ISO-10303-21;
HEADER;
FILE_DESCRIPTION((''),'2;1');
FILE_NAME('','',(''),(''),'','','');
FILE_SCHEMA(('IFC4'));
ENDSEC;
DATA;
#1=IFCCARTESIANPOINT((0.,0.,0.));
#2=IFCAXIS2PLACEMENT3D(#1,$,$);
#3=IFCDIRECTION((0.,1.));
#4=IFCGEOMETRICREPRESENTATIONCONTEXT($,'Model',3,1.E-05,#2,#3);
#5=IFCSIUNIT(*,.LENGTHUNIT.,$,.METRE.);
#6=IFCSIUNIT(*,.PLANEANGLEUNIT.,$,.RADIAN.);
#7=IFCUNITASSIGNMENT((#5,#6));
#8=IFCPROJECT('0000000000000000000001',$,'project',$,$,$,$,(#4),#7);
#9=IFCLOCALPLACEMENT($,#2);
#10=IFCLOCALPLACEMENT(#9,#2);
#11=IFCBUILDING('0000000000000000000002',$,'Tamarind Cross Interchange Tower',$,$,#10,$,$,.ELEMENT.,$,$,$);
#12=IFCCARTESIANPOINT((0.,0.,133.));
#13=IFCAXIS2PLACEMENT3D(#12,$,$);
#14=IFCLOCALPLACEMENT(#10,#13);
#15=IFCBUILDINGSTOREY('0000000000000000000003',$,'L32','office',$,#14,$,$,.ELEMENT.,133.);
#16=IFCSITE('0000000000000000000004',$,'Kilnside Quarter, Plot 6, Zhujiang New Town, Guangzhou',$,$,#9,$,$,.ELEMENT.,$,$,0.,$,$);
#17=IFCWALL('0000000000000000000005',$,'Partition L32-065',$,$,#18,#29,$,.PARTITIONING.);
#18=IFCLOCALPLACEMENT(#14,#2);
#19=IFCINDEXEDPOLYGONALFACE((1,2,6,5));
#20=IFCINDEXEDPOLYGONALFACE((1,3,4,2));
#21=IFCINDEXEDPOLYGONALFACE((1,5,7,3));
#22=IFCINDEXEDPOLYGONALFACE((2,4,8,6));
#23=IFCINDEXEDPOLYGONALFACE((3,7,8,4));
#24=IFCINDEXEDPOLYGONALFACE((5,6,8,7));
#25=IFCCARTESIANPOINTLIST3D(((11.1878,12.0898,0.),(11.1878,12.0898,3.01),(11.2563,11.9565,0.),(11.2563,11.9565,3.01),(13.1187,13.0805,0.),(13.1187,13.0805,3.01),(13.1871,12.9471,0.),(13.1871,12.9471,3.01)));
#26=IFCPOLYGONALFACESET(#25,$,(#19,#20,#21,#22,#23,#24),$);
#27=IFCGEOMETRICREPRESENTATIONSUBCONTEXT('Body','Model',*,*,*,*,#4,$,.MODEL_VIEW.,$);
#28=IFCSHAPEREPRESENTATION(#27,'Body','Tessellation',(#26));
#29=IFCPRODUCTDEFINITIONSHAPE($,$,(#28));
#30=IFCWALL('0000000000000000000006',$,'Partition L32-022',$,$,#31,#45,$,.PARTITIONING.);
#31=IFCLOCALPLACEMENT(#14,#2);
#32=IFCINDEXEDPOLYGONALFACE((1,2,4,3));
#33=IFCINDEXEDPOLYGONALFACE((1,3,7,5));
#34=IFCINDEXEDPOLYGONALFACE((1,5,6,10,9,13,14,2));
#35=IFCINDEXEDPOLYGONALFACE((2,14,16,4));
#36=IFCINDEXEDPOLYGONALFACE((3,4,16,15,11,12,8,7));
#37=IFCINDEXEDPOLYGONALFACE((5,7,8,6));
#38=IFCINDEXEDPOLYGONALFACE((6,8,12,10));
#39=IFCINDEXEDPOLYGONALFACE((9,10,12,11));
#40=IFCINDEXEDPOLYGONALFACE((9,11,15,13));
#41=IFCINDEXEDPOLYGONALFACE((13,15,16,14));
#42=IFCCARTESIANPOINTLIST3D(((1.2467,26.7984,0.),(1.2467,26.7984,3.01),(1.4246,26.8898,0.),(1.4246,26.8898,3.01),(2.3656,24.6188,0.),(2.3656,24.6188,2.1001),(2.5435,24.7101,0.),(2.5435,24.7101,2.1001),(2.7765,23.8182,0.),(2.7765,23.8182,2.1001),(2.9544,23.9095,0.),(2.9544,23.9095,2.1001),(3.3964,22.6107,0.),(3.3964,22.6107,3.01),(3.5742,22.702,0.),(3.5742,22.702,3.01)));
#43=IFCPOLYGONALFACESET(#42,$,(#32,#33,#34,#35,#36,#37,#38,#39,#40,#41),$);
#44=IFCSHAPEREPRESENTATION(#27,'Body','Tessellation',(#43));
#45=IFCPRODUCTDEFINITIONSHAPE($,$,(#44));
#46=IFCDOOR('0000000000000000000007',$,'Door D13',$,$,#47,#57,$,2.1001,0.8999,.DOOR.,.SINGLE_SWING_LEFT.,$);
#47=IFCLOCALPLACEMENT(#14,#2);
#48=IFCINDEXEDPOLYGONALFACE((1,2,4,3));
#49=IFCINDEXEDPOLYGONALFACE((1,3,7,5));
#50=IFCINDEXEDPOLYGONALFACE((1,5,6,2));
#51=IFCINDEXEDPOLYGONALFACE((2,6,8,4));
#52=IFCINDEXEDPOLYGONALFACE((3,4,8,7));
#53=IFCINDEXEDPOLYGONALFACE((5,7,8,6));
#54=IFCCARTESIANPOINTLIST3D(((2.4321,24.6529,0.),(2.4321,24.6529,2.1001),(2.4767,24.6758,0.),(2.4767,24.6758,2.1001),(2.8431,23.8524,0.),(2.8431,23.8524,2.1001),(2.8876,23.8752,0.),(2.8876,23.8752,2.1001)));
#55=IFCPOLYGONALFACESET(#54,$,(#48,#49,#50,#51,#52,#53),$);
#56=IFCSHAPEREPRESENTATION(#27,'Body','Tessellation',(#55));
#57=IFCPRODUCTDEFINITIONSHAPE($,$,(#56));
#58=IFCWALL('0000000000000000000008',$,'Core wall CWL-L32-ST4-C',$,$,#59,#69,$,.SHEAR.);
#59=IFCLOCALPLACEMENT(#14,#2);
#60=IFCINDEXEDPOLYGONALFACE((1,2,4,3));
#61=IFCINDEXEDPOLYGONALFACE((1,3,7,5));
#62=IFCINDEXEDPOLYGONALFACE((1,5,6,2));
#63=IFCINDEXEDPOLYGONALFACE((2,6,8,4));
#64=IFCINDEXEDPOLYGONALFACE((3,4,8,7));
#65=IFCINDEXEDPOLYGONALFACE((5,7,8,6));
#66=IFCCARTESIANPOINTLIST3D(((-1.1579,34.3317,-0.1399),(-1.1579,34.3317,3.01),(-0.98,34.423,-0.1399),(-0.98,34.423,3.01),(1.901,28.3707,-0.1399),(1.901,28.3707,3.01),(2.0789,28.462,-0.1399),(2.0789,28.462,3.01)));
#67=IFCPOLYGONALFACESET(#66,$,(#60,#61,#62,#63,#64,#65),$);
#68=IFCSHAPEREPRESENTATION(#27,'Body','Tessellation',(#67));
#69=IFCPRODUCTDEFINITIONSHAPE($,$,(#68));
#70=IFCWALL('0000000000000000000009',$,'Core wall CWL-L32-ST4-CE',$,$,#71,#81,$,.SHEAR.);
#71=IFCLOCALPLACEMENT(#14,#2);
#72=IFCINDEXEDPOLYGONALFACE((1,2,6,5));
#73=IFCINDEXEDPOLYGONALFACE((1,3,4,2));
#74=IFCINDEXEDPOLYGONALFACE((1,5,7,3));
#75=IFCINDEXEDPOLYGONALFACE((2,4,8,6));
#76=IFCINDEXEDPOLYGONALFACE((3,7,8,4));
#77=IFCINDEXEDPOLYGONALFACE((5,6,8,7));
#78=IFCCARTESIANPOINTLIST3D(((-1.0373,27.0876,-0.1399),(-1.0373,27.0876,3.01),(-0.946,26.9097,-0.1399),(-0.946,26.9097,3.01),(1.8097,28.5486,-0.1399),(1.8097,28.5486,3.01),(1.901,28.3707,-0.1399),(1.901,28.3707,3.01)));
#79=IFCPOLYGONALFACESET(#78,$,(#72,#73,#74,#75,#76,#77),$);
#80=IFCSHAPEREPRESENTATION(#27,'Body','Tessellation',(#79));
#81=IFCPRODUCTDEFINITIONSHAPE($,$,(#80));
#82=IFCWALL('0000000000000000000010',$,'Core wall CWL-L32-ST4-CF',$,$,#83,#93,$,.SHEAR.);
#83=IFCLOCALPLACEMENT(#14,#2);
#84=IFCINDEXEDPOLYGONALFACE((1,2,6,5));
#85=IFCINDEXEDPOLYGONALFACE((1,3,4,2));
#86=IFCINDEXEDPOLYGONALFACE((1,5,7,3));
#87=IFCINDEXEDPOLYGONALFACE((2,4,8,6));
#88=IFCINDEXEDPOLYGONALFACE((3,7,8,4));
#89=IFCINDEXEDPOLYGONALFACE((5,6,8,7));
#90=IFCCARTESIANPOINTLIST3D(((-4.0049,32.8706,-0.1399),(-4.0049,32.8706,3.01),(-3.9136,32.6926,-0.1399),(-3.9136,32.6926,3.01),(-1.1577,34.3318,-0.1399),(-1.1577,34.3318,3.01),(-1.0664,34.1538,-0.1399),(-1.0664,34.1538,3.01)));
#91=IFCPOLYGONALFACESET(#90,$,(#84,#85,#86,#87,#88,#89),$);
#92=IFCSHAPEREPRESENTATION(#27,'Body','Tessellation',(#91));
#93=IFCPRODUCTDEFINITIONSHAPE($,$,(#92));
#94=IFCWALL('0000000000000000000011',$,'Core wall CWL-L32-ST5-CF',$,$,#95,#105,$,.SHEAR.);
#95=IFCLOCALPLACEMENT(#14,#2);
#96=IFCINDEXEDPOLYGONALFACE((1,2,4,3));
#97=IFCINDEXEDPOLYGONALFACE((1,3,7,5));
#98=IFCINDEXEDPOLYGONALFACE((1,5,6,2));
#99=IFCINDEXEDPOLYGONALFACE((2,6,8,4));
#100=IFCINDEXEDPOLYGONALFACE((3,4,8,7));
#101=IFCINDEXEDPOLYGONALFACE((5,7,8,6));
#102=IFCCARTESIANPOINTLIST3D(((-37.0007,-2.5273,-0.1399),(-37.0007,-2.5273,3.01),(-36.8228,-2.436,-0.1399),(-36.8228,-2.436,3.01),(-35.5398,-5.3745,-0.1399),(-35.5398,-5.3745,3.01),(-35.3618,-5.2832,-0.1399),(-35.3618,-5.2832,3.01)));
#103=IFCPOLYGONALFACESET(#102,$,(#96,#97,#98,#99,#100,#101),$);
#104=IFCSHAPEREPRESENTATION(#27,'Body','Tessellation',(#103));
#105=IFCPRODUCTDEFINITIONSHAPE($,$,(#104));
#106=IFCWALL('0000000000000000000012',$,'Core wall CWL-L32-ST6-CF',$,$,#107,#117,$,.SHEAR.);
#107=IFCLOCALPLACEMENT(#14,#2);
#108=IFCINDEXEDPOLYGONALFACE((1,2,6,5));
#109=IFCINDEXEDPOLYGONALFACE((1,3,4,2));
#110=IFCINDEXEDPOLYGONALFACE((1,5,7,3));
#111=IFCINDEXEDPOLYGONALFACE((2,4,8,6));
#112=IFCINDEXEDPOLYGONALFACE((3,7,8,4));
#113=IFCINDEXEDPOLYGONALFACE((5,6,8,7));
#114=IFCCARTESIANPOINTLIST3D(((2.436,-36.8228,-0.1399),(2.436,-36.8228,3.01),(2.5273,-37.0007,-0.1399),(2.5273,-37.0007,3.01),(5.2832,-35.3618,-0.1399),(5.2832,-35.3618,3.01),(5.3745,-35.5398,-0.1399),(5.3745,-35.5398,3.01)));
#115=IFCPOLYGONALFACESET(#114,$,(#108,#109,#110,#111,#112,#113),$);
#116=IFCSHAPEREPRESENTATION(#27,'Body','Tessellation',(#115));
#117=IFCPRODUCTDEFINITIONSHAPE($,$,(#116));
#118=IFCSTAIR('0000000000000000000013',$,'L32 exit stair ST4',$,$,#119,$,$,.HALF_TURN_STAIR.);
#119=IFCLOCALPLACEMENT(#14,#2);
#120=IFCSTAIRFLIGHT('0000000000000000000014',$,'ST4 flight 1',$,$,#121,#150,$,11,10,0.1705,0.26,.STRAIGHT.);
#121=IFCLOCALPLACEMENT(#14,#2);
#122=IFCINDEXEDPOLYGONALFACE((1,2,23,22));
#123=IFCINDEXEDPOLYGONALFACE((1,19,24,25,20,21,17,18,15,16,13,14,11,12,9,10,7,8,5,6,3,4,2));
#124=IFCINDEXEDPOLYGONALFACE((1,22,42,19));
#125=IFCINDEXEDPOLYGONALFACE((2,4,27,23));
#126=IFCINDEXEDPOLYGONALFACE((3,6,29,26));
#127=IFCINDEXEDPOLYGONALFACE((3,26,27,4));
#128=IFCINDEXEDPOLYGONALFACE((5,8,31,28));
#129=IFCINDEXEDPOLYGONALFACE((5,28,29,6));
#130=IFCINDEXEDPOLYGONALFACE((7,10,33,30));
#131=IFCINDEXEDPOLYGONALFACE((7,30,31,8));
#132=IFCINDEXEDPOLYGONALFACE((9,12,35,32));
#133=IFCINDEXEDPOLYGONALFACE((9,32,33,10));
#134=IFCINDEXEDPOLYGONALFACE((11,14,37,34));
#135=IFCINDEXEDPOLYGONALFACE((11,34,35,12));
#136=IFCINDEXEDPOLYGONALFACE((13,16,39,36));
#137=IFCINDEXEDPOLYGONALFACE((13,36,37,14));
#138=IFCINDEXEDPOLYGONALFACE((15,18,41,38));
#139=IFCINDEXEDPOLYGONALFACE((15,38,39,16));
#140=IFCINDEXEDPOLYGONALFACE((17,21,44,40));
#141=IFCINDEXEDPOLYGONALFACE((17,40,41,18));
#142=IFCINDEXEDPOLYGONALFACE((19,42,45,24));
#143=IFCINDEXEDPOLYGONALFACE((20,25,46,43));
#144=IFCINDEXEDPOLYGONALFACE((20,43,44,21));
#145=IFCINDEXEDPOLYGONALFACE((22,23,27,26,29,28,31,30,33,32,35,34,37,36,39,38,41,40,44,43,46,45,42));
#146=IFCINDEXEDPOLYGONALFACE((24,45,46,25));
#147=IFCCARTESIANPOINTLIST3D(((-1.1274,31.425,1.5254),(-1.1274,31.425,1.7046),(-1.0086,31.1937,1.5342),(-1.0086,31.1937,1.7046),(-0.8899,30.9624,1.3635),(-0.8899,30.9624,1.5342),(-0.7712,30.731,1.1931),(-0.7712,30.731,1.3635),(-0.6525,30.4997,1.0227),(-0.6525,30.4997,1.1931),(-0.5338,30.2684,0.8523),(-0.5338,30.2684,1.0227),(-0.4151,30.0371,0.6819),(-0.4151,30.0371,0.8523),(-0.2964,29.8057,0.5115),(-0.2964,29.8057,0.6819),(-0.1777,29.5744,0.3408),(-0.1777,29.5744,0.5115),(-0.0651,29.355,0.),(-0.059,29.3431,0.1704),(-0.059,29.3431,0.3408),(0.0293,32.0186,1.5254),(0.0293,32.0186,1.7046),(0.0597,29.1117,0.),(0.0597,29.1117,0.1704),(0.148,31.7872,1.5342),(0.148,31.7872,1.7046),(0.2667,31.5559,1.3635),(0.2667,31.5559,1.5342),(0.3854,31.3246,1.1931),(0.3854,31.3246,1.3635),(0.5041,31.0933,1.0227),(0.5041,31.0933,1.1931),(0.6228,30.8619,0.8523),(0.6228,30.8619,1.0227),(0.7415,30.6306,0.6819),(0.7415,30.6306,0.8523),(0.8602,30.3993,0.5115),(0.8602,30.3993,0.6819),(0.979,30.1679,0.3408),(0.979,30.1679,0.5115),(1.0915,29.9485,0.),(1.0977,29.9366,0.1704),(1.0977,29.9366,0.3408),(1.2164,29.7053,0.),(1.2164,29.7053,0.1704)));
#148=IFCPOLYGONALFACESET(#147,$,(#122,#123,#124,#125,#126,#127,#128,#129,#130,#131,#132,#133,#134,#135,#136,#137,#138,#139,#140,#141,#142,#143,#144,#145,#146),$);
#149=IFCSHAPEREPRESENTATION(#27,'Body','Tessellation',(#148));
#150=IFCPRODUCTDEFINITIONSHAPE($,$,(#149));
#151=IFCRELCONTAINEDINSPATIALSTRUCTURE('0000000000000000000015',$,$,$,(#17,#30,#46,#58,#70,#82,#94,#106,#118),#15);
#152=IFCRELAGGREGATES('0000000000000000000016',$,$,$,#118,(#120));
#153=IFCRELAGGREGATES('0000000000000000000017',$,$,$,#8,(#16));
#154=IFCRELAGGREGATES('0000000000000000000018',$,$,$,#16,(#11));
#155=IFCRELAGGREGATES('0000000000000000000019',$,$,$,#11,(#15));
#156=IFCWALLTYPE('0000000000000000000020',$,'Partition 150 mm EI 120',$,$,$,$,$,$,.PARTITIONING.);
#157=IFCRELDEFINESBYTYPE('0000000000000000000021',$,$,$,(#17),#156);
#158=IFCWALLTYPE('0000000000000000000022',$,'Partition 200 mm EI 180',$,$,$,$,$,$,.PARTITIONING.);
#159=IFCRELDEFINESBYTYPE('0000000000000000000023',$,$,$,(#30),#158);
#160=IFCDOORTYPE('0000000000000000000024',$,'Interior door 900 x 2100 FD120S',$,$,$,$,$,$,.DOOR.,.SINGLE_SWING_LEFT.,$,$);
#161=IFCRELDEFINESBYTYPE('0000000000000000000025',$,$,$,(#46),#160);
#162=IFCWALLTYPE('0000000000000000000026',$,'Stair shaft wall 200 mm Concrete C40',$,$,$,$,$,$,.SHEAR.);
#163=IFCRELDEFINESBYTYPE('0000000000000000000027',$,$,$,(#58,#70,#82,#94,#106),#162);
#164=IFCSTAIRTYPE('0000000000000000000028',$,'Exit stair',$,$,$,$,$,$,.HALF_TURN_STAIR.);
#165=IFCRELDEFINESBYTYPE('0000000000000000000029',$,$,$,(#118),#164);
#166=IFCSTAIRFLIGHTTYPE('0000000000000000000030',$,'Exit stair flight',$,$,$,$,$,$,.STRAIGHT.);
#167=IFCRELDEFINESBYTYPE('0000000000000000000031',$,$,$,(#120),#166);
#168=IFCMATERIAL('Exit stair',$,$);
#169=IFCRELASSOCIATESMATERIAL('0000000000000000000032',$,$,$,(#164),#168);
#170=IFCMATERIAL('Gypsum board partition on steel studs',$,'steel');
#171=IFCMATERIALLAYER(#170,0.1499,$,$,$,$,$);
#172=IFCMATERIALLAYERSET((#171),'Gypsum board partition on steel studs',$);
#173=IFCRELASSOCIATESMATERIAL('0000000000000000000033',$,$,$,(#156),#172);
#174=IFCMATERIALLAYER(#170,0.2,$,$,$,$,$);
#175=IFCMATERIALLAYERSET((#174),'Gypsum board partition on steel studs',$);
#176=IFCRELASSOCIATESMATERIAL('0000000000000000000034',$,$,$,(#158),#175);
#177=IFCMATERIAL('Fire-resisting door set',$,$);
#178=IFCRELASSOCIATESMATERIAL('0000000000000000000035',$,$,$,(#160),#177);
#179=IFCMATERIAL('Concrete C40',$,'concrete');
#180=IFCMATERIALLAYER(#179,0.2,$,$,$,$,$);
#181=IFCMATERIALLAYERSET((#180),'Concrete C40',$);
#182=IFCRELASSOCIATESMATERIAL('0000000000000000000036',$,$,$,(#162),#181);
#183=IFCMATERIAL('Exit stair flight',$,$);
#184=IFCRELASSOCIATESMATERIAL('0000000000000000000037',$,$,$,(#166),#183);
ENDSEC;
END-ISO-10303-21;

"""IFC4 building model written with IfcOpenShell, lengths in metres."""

from ifc_helpers import new_model, si_unit, direction, frame, frame_2d, origin, place, context, subcontext, project, spatial, polyline, rectangle, outline, extrude, material, layer, layer_set, type_object, element, fill, aggregate, save


model = new_model("IFC4")

# Units and contexts
model_context = context("Model", 3, precision=1e-05, world=origin(), true_north=direction((0.0, 1.0)))
body_context = subcontext(model_context, "Body", "Model", "MODEL_VIEW")
ifc_project = project(units=[si_unit("LENGTHUNIT", "METRE"), si_unit("PLANEANGLEUNIT", "RADIAN")], contexts=[model_context])

# Site, building, storey
site_placement = place(None, origin())
site = spatial("IfcSite", under=ifc_project, at=site_placement, Name="Kilnside Quarter, Plot 6, Zhujiang New Town, Guangzhou", CompositionType="ELEMENT", RefElevation=0.0)
building_placement = place(site_placement, origin())
building = spatial("IfcBuilding", under=site, at=building_placement, Name="Tamarind Cross Interchange Tower", CompositionType="ELEMENT")
storey_placement = place(building_placement, frame((0.0, 0.0, 133.0)))
storey = spatial("IfcBuildingStorey", under=building, at=storey_placement, Name="L32", Description="office", CompositionType="ELEMENT", Elevation=133.0)

# Shared definitions
ifc_material_1 = material(Name="Exit stair")
stair_type = type_object("IfcStairType", Name="Exit stair", PredefinedType="HALF_TURN_STAIR", material=ifc_material_1)
ifc_material_2 = material(Name="Concrete C40", Category="concrete")

# Shared definitions
ifc_material_3 = material(Name="Gypsum board partition on steel studs", Category="steel")
ifc_layer_1 = layer(ifc_material_3, 0.1499)
ifc_layer_set_1 = layer_set([ifc_layer_1], Name="Gypsum board partition on steel studs")
wall_type_1 = type_object("IfcWallType", Name="Partition 150 mm EI 120", PredefinedType="PARTITIONING", material=ifc_layer_set_1)
ifc_material_4 = material(Name="Fire-resisting door set")

# Wall
wall_1_placement = place(storey_placement, frame((11.2222, 12.0232, 0.0), z_axis=(0.0, 0.0, 1.0), x_axis=(0.889721, 0.456504, 0.0)))
element("IfcWall", 1, at=wall_1_placement, inside=storey, type_object=wall_type_1, Name="Partition L32-065", PredefinedType="PARTITIONING", context=body_context, shape_type="SweptSolid", body=[
    extrude(rectangle(XDim=2.1702, YDim=0.1499, at=frame_2d((1.085, 0.0))), origin(), (0.0, 0.0, 1.0), 3.01),
])

# Wall, opening, door
ifc_layer_2 = layer(ifc_material_3, 0.2)
ifc_layer_set_2 = layer_set([ifc_layer_2], Name="Gypsum board partition on steel studs")
wall_type_2 = type_object("IfcWallType", Name="Partition 200 mm EI 180", PredefinedType="PARTITIONING", material=ifc_layer_set_2)
wall_2_placement = place(storey_placement, frame((1.3357, 26.844, 0.0), z_axis=(0.0, 0.0, 1.0), x_axis=(0.456669, -0.889637, 0.0)))
wall_2 = element("IfcWall", 2, at=wall_2_placement, inside=storey, type_object=wall_type_2, Name="Partition L32-022", PredefinedType="PARTITIONING", context=body_context, shape_type="SweptSolid", body=[
    extrude(rectangle(XDim=4.7073, YDim=0.2, at=frame_2d((2.3535, 0.0))), origin(), (0.0, 0.0, 1.0), 3.01),
])
opening_1_placement = place(wall_2_placement, frame((2.45, 0.0, 0.0)))
opening_1 = element("IfcOpeningElement", 3, at=opening_1_placement, cuts=wall_2, PredefinedType="OPENING", context=body_context, shape_type="SweptSolid", body=[
    extrude(rectangle(XDim=0.8999, YDim=2.1001, at=frame_2d((0.45, 1.05))), frame((0.0, 0.1099, 0.0), z_axis=(0.0, -1.0, 0.0), x_axis=(1.0, 0.0, 0.0)), (0.0, 0.0, 1.0), 0.22),
])
door_type_1 = type_object("IfcDoorType", Name="Interior door 900 x 2100 FD120S", OperationType="SINGLE_SWING_LEFT", PredefinedType="DOOR", material=ifc_material_4)
door_1_placement = place(opening_1_placement, origin())
door_1 = element("IfcDoor", 4, at=door_1_placement, inside=storey, type_object=door_type_1, Name="Door D13", OperationType="SINGLE_SWING_LEFT", OverallHeight=2.1001, OverallWidth=0.8999, PredefinedType="DOOR", context=body_context, shape_type="SweptSolid", body=[
    extrude(rectangle(XDim=0.8999, YDim=2.1001, at=frame_2d((0.45, 1.05))), frame((0.0, 0.0249, 0.0), z_axis=(0.0, -1.0, 0.0), x_axis=(1.0, 0.0, 0.0)), (0.0, 0.0, 1.0), 0.05),
])
fill(opening_1, door_1)

# Walls
ifc_layer_3 = layer(ifc_material_2, 0.2)
ifc_layer_set_3 = layer_set([ifc_layer_3], Name="Concrete C40")
wall_type_3 = type_object("IfcWallType", Name="Stair shaft wall 200 mm Concrete C40", PredefinedType="SHEAR", material=ifc_layer_set_3)
wall_3_placement = place(storey_placement, frame((1.99, 28.4163, -0.1399), z_axis=(0.0, 0.0, 1.0), x_axis=(-0.456547, 0.889699, 0.0)))
element("IfcWall", 5, at=wall_3_placement, inside=storey, type_object=wall_type_3, Name="Core wall CWL-L32-ST4-C", PredefinedType="SHEAR", context=body_context, shape_type="SweptSolid", body=[
    extrude(rectangle(XDim=6.7, YDim=0.2, at=frame_2d((3.3501, 0.0))), origin(), (0.0, 0.0, 1.0), 3.1499),
])
wall_4_placement = place(storey_placement, frame((1.8555, 28.4597, -0.1399), z_axis=(0.0, 0.0, 1.0), x_axis=(-0.889694, -0.456558, 0.0)))
element("IfcWall", 6, at=wall_4_placement, inside=storey, type_object=wall_type_3, Name="Core wall CWL-L32-ST4-CE", PredefinedType="SHEAR", context=body_context, shape_type="SweptSolid", body=[
    extrude(rectangle(XDim=3.2, YDim=0.2, at=frame_2d((1.6001, 0.0))), origin(), (0.0, 0.0, 1.0), 3.1499),
])
wall_5_placement = place(storey_placement, frame((0.0, 0.0, -0.1399)))
element("IfcWall", 7, at=wall_5_placement, inside=storey, type_object=wall_type_3, Name="Core wall CWL-L32-ST4-CF", PredefinedType="SHEAR", context=body_context, shape_type="SweptSolid", body=[
    extrude(outline(polyline([(-1.0664, 34.1538), (-1.1577, 34.3318), (-4.0049, 32.8706), (-3.9136, 32.6926), (-1.0664, 34.1538)])), origin(), (0.0, 0.0, 1.0), 3.1499),
])
wall_6_placement = place(storey_placement, frame((0.0, 0.0, -0.1399)))
element("IfcWall", 8, at=wall_6_placement, inside=storey, type_object=wall_type_3, Name="Core wall CWL-L32-ST5-CF", PredefinedType="SHEAR", context=body_context, shape_type="SweptSolid", body=[
    extrude(outline(polyline([(-36.8228, -2.436), (-37.0007, -2.5273), (-35.5398, -5.3745), (-35.3618, -5.2832), (-36.8228, -2.436)])), origin(), (0.0, 0.0, 1.0), 3.1499),
])
wall_7_placement = place(storey_placement, frame((0.0, 0.0, -0.1399)))
element("IfcWall", 9, at=wall_7_placement, inside=storey, type_object=wall_type_3, Name="Core wall CWL-L32-ST6-CF", PredefinedType="SHEAR", context=body_context, shape_type="SweptSolid", body=[
    extrude(outline(polyline([(2.436, -36.8228), (2.5273, -37.0007), (5.3745, -35.5398), (5.2832, -35.3618), (2.436, -36.8228)])), origin(), (0.0, 0.0, 1.0), 3.1499),
])

# Stair, stair flight
stair_1_placement = place(storey_placement, origin())
stair_1 = element("IfcStair", 10, at=stair_1_placement, inside=storey, type_object=stair_type, Name="L32 exit stair ST4", PredefinedType="HALF_TURN_STAIR")
ifc_material_5 = material(Name="Exit stair flight")
stair_flight_type = type_object("IfcStairFlightType", Name="Exit stair flight", PredefinedType="STRAIGHT", material=ifc_material_5)
stair_flight_placement = place(storey_placement, frame((0.6379, 29.4084, 0.0), z_axis=(0.0, 0.0, 1.0), x_axis=(-0.456551, 0.889697, 0.0)))
stair_flight = element("IfcStairFlight", 11, at=stair_flight_placement, type_object=stair_flight_type, Name="ST4 flight 1", NumberOfRisers=11, NumberOfTreads=10, PredefinedType="STRAIGHT", RiserHeight=0.1705, TreadLength=0.26, context=body_context, shape_type="SweptSolid", body=[
    extrude(outline(polyline([(0.0, 0.0), (0.0, 0.1704), (0.26, 0.1704), (0.26, 0.3408), (0.52, 0.3408), (0.52, 0.5115), (0.78, 0.5115), (0.78, 0.6819), (1.04, 0.6819), (1.04, 0.8523), (1.3, 0.8523), (1.3, 1.0227), (1.5601, 1.0227), (1.5601, 1.1931), (1.8201, 1.1931), (1.8201, 1.3635), (2.0801, 1.3635), (2.0801, 1.5342), (2.3401, 1.5342), (2.3401, 1.7046), (2.6001, 1.7046), (2.6001, 1.875), (2.6001, 1.5254), (0.2734, 0.0), (0.0, 0.0)])), frame((0.0, 0.6499, 0.0), z_axis=(0.0, -1.0, 0.0), x_axis=(1.0, 0.0, 0.0)), (0.0, 0.0, 1.0), 1.3),
])
aggregate(stair_1, [stair_flight])

save(model, "model.ifc")
